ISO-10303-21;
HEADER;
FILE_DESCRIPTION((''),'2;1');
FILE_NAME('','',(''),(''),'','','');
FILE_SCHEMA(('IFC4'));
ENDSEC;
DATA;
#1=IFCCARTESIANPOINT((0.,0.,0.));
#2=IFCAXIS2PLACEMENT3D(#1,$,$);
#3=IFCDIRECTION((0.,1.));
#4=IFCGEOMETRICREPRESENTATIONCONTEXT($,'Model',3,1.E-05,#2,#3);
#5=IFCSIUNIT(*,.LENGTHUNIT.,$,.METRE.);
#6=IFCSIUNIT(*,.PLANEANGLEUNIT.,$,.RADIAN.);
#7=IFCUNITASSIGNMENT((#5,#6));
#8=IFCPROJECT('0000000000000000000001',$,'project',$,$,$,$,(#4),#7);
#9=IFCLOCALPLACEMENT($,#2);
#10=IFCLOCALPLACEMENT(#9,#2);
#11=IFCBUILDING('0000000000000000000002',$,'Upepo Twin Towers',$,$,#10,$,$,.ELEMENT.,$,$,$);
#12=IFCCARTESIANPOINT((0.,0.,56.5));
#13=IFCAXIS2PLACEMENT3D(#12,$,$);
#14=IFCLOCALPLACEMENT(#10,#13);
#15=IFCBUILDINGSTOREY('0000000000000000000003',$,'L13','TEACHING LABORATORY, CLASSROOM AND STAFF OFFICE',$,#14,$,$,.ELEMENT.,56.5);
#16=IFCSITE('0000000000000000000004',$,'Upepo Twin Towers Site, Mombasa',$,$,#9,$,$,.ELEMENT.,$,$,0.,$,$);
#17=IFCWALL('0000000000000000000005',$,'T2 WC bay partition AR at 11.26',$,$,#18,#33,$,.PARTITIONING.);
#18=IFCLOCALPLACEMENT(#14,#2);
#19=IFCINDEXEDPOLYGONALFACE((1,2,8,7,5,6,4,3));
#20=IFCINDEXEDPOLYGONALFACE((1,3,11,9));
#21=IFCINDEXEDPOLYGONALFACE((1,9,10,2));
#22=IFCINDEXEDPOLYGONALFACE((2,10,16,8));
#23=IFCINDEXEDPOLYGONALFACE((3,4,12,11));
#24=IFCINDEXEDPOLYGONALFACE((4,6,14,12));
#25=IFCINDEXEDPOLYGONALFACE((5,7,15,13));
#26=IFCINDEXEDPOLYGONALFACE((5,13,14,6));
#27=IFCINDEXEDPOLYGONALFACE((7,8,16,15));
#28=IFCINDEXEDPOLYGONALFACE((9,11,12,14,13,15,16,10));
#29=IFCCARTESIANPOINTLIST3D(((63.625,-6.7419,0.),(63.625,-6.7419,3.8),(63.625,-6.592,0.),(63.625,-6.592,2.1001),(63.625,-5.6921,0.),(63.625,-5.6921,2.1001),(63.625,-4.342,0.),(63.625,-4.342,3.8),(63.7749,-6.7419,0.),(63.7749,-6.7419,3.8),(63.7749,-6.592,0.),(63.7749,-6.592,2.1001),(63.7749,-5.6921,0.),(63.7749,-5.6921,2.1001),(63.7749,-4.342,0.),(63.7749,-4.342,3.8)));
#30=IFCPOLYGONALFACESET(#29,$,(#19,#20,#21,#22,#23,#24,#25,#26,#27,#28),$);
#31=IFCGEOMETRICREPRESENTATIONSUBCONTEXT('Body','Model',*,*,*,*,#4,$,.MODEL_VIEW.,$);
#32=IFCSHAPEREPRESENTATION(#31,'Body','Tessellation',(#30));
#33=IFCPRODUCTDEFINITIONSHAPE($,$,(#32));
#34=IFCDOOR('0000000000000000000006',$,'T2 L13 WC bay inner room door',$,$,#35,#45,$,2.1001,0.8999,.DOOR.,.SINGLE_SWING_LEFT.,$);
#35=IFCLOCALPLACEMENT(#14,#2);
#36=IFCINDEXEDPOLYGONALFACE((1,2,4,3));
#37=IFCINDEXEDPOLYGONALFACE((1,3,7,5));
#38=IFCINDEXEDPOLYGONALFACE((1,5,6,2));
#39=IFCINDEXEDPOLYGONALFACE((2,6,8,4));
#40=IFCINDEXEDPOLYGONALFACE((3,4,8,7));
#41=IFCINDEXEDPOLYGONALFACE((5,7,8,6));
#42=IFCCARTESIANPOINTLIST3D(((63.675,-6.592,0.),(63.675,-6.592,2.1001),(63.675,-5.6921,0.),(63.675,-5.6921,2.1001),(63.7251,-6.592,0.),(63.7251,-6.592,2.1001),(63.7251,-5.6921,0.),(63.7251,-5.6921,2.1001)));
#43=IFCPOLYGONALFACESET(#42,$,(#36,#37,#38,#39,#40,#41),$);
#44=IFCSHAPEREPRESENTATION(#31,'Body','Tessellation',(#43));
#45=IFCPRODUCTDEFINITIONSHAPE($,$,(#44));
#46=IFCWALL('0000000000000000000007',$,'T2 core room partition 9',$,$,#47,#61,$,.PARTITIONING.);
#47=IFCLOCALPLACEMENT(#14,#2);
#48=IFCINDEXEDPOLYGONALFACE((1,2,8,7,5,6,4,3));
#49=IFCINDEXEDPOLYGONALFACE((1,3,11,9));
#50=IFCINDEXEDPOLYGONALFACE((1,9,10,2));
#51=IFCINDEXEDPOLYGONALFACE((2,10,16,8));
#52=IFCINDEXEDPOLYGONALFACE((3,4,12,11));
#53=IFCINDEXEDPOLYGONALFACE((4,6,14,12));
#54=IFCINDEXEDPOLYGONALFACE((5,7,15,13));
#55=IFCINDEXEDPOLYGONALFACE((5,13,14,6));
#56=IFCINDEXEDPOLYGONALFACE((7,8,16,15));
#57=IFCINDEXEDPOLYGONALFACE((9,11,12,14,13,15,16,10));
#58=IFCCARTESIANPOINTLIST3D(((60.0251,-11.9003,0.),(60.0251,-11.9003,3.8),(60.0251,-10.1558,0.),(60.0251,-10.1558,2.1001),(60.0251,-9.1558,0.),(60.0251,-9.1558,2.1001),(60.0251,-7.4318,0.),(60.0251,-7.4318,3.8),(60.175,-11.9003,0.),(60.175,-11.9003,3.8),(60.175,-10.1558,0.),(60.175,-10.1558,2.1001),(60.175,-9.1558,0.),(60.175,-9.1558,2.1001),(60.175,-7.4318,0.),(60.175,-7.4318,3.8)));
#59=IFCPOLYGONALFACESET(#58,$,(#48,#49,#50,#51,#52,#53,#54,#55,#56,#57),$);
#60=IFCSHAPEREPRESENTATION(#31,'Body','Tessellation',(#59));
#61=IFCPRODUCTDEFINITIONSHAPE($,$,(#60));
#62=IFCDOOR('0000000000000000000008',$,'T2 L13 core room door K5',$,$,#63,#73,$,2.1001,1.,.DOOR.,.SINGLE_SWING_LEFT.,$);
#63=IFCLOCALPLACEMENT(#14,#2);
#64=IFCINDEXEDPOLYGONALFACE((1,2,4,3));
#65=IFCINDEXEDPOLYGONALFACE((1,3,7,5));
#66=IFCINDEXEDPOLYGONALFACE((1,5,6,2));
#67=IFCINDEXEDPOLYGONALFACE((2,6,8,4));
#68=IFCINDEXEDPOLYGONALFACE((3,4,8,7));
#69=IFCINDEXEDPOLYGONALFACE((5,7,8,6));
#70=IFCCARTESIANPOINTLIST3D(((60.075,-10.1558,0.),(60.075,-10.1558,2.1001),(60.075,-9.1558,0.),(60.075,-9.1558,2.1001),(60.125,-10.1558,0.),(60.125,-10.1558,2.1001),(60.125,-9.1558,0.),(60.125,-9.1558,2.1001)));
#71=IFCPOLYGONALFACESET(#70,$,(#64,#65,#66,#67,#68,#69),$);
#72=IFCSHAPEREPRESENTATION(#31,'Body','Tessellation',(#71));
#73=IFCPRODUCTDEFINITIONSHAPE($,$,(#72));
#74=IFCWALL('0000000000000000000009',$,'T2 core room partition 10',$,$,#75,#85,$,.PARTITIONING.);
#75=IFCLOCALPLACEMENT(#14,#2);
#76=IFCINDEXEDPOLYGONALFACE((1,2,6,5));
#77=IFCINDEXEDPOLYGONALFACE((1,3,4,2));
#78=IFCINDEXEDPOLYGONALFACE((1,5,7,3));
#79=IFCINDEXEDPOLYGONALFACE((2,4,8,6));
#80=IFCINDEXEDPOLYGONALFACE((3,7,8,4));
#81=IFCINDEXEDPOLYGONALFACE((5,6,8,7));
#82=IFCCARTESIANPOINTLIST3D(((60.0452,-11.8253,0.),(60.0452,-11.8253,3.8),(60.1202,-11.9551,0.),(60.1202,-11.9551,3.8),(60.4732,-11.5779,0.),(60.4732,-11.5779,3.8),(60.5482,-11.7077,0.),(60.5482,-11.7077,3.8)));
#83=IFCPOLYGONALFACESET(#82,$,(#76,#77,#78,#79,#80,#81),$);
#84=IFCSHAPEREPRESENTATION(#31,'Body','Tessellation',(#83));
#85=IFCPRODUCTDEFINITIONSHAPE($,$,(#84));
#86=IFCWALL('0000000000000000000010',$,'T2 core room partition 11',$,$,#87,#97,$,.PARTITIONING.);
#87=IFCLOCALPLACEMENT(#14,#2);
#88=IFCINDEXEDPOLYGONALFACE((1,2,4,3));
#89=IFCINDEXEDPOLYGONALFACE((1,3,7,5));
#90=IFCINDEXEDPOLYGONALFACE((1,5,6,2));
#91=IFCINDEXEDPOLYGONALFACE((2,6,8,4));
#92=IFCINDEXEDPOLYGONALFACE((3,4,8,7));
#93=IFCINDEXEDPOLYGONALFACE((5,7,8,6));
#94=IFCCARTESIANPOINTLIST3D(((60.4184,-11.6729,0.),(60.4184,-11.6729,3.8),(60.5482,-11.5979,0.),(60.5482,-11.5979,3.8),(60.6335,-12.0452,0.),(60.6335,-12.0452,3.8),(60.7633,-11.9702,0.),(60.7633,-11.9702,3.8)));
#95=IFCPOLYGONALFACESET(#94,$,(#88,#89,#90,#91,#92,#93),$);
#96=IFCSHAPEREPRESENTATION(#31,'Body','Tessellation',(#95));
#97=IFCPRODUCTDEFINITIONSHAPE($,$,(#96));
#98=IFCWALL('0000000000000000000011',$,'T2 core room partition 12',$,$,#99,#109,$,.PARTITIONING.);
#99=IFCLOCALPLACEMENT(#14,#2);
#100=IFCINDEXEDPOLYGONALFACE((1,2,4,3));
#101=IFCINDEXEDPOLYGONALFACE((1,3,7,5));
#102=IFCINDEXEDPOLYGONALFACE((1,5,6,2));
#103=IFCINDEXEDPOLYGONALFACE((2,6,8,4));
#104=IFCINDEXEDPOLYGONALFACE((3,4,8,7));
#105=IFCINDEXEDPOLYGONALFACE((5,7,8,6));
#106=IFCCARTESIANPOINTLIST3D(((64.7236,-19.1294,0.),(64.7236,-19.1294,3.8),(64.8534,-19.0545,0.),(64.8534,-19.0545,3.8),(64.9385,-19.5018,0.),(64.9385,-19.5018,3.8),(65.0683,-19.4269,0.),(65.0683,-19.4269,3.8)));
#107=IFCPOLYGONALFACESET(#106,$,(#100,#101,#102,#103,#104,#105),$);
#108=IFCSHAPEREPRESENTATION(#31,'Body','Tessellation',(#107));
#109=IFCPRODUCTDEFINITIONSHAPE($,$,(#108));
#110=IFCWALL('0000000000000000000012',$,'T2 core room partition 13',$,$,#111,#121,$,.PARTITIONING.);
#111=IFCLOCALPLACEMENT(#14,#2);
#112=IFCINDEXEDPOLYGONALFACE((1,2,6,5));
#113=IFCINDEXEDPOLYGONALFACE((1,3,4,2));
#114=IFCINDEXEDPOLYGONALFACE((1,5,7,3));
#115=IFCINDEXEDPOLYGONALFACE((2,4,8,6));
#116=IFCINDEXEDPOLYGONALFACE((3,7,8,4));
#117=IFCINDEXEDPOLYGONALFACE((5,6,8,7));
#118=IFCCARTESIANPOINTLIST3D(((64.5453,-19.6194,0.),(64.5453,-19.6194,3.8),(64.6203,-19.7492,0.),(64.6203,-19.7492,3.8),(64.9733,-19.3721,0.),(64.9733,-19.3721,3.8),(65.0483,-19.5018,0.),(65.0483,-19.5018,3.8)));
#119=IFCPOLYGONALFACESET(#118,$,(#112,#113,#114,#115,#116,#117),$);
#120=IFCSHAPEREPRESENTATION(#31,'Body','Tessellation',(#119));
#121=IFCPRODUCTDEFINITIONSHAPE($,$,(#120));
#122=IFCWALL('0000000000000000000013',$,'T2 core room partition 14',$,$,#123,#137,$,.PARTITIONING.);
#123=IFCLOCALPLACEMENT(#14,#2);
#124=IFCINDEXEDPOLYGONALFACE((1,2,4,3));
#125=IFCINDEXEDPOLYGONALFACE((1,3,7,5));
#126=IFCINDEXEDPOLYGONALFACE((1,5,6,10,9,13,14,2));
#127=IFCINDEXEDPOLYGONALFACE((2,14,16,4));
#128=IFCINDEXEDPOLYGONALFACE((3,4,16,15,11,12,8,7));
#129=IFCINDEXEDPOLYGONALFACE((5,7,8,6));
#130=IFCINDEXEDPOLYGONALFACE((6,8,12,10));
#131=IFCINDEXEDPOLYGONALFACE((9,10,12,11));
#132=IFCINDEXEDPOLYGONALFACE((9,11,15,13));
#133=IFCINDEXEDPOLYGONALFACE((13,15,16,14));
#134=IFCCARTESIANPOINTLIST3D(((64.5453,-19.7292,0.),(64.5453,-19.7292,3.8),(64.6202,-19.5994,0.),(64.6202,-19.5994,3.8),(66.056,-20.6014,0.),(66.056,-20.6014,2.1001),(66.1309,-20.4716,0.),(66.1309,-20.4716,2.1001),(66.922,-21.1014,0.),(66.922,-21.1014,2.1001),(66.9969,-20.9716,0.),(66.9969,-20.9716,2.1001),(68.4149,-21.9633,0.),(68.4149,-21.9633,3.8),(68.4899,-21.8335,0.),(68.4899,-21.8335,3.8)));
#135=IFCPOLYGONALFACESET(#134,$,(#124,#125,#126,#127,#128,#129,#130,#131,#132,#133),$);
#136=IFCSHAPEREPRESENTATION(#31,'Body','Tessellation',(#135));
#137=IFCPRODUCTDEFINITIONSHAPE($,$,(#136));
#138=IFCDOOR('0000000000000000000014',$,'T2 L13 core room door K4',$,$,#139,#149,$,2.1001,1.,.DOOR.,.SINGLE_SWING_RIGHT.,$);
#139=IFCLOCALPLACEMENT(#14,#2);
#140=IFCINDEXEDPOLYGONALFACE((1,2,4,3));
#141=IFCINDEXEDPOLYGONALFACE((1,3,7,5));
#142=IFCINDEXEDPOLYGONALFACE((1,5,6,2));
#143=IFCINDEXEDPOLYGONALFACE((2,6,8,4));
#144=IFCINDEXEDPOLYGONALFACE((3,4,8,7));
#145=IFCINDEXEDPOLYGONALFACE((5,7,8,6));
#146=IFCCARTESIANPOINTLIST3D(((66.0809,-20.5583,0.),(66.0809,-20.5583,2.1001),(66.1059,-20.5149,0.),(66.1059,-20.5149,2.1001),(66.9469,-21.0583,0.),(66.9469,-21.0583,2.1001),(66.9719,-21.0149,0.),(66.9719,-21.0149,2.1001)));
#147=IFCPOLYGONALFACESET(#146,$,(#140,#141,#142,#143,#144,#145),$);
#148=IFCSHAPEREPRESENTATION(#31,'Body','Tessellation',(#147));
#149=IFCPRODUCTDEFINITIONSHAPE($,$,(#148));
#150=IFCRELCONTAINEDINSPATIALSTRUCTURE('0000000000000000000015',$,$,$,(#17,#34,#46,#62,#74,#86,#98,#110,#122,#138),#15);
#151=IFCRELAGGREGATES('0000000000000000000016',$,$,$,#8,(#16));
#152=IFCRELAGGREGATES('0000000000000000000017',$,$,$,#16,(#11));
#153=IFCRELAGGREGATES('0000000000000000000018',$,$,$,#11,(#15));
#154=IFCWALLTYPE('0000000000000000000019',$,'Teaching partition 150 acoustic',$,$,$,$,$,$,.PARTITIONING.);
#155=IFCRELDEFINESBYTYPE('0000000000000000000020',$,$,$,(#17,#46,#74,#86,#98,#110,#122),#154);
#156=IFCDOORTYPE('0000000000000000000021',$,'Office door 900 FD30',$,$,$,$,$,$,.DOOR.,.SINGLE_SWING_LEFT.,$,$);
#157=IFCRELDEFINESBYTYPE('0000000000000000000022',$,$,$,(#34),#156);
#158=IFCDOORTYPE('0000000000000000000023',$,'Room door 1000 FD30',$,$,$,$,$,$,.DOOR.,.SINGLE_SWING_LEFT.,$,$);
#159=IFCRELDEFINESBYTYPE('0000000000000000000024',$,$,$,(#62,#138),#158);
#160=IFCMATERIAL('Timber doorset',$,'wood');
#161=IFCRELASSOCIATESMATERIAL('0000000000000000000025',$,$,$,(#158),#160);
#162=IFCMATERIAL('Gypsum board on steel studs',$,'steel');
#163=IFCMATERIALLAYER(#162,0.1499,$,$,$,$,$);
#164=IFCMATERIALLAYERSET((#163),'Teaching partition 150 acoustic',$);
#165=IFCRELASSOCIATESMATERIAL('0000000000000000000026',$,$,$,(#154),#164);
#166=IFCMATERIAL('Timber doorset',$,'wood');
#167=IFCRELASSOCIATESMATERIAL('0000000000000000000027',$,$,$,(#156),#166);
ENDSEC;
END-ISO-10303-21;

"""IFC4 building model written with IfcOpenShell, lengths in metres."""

from ifc_helpers import new_model, si_unit, direction, frame, frame_2d, origin, place, context, subcontext, project, spatial, rectangle, extrude, material, layer, layer_set, type_object, element, fill, save


model = new_model("IFC4")

# Units and contexts
model_context = context("Model", 3, precision=1e-05, world=origin(), true_north=direction((0.0, 1.0)))
body_context = subcontext(model_context, "Body", "Model", "MODEL_VIEW")
ifc_project = project(units=[si_unit("LENGTHUNIT", "METRE"), si_unit("PLANEANGLEUNIT", "RADIAN")], contexts=[model_context])

# Site, building, storey
site_placement = place(None, origin())
site = spatial("IfcSite", under=ifc_project, at=site_placement, Name="Upepo Twin Towers Site, Mombasa", CompositionType="ELEMENT", RefElevation=0.0)
building_placement = place(site_placement, origin())
building = spatial("IfcBuilding", under=site, at=building_placement, Name="Upepo Twin Towers", CompositionType="ELEMENT")
storey_placement = place(building_placement, frame((0.0, 0.0, 56.5)))
storey = spatial("IfcBuildingStorey", under=building, at=storey_placement, Name="L13", Description="TEACHING LABORATORY, CLASSROOM AND STAFF OFFICE", CompositionType="ELEMENT", Elevation=56.5)

# Shared definitions
ifc_material_1 = material(Name="Timber doorset", Category="wood")
door_type_1 = type_object("IfcDoorType", Name="Room door 1000 FD30", OperationType="SINGLE_SWING_LEFT", PredefinedType="DOOR", material=ifc_material_1)

# Walls, openings, doors
ifc_material_2 = material(Name="Gypsum board on steel studs", Category="steel")
ifc_layer_1 = layer(ifc_material_2, 0.1499)
ifc_layer_set_1 = layer_set([ifc_layer_1], Name="Teaching partition 150 acoustic")
wall_type_1 = type_object("IfcWallType", Name="Teaching partition 150 acoustic", PredefinedType="PARTITIONING", material=ifc_layer_set_1)
wall_1_placement = place(storey_placement, frame((63.7, -6.7419, 0.0), z_axis=(0.0, 0.0, 1.0), x_axis=(0.0, 1.0, 0.0)))
wall_1 = element("IfcWall", 1, at=wall_1_placement, inside=storey, type_object=wall_type_1, Name="T2 WC bay partition AR at 11.26", PredefinedType="PARTITIONING", context=body_context, shape_type="SweptSolid", body=[
    extrude(rectangle(XDim=2.3999, YDim=0.1499, at=frame_2d((1.2, 0.0))), origin(), (0.0, 0.0, 1.0), 3.8),
])
opening_1_placement = place(wall_1_placement, frame((0.1499, 0.0, 0.0)))
opening_1 = element("IfcOpeningElement", 2, at=opening_1_placement, cuts=wall_1, PredefinedType="OPENING", context=body_context, shape_type="SweptSolid", body=[
    extrude(rectangle(XDim=0.8999, YDim=2.1001, at=frame_2d((0.45, 1.05))), frame((0.0, 0.085, 0.0), z_axis=(0.0, -1.0, 0.0), x_axis=(1.0, 0.0, 0.0)), (0.0, 0.0, 1.0), 0.1699),
])
ifc_material_3 = material(Name="Timber doorset", Category="wood")
door_type_2 = type_object("IfcDoorType", Name="Office door 900 FD30", OperationType="SINGLE_SWING_LEFT", PredefinedType="DOOR", material=ifc_material_3)
door_1_placement = place(opening_1_placement, origin())
door_1 = element("IfcDoor", 3, at=door_1_placement, inside=storey, type_object=door_type_2, Name="T2 L13 WC bay inner room door", OperationType="SINGLE_SWING_LEFT", OverallHeight=2.1001, OverallWidth=0.8999, PredefinedType="DOOR", context=body_context, shape_type="SweptSolid", body=[
    extrude(rectangle(XDim=0.8999, YDim=2.1001, at=frame_2d((0.45, 1.05))), frame((0.0, 0.0249, 0.0), z_axis=(0.0, -1.0, 0.0), x_axis=(1.0, 0.0, 0.0)), (0.0, 0.0, 1.0), 0.05),
])
fill(opening_1, door_1)
wall_2_placement = place(storey_placement, frame((60.1001, -7.4316, 0.0), z_axis=(0.0, 0.0, 1.0), x_axis=(0.0, -1.0, 0.0)))
wall_2 = element("IfcWall", 4, at=wall_2_placement, inside=storey, type_object=wall_type_1, Name="T2 core room partition 9", PredefinedType="PARTITIONING", context=body_context, shape_type="SweptSolid", body=[
    extrude(rectangle(XDim=4.4685, YDim=0.1499, at=frame_2d((2.2344, 0.0))), origin(), (0.0, 0.0, 1.0), 3.8),
])
opening_2_placement = place(wall_2_placement, frame((1.7241, 0.0, 0.0)))
opening_2 = element("IfcOpeningElement", 5, at=opening_2_placement, cuts=wall_2, PredefinedType="OPENING", context=body_context, shape_type="SweptSolid", body=[
    extrude(rectangle(XDim=1.0, YDim=2.1001, at=frame_2d((0.5, 1.05))), frame((0.0, 0.085, 0.0), z_axis=(0.0, -1.0, 0.0), x_axis=(1.0, 0.0, 0.0)), (0.0, 0.0, 1.0), 0.1699),
])
door_2_placement = place(opening_2_placement, origin())
door_2 = element("IfcDoor", 6, at=door_2_placement, inside=storey, type_object=door_type_1, Name="T2 L13 core room door K5", OperationType="SINGLE_SWING_LEFT", OverallHeight=2.1001, OverallWidth=1.0, PredefinedType="DOOR", context=body_context, shape_type="SweptSolid", body=[
    extrude(rectangle(XDim=1.0, YDim=2.1001, at=frame_2d((0.5, 1.05))), frame((0.0, 0.0249, 0.0), z_axis=(0.0, -1.0, 0.0), x_axis=(1.0, 0.0, 0.0)), (0.0, 0.0, 1.0), 0.05),
])
fill(opening_2, door_2)

# Walls
wall_3_placement = place(storey_placement, frame((60.0828, -11.8901, 0.0), z_axis=(0.0, 0.0, 1.0), x_axis=(0.865832, 0.500335, 0.0)))
element("IfcWall", 7, at=wall_3_placement, inside=storey, type_object=wall_type_1, Name="T2 core room partition 10", PredefinedType="PARTITIONING", context=body_context, shape_type="SweptSolid", body=[
    extrude(rectangle(XDim=0.4944, YDim=0.1499, at=frame_2d((0.2471, 0.0))), origin(), (0.0, 0.0, 1.0), 3.8),
])
for number, where, z_axis, x_axis, name in (
    (8, (60.4834, -11.6355, 0.0), (0.0, 0.0, 1.0), (0.50023, -0.865892, 0.0), "T2 core room partition 11"),
    (9, (64.7886, -19.092, 0.0), (0.0, 0.0, 1.0), (0.499804, -0.866138, 0.0), "T2 core room partition 12"),
):
    element("IfcWall", number, at=place(storey_placement, frame(where, z_axis=z_axis, x_axis=x_axis)), inside=storey, type_object=wall_type_1, Name=name, PredefinedType="PARTITIONING", context=body_context, shape_type="SweptSolid", body=[
        extrude(rectangle(XDim=0.4299, YDim=0.1499, at=frame_2d((0.2148, 0.0))), origin(), (0.0, 0.0, 1.0), 3.8),
    ])
wall_4_placement = place(storey_placement, frame((65.0107, -19.437, 0.0), z_axis=(0.0, 0.0, 1.0), x_axis=(-0.865832, -0.500335, 0.0)))
element("IfcWall", 10, at=wall_4_placement, inside=storey, type_object=wall_type_1, Name="T2 core room partition 13", PredefinedType="PARTITIONING", context=body_context, shape_type="SweptSolid", body=[
    extrude(rectangle(XDim=0.4944, YDim=0.1499, at=frame_2d((0.2471, 0.0))), origin(), (0.0, 0.0, 1.0), 3.8),
])

# Wall, opening, door
wall_5_placement = place(storey_placement, frame((64.5828, -19.6643, 0.0), z_axis=(0.0, 0.0, 1.0), x_axis=(0.866025, -0.5, 0.0)))
wall_5 = element("IfcWall", 11, at=wall_5_placement, inside=storey, type_object=wall_type_1, Name="T2 core room partition 14", PredefinedType="PARTITIONING", context=body_context, shape_type="SweptSolid", body=[
    extrude(rectangle(XDim=4.4683, YDim=0.1499, at=frame_2d((2.2341, 0.0))), origin(), (0.0, 0.0, 1.0), 3.8),
])
opening_3_placement = place(wall_5_placement, frame((1.7444, 0.0, 0.0)))
opening_3 = element("IfcOpeningElement", 12, at=opening_3_placement, cuts=wall_5, PredefinedType="OPENING", context=body_context, shape_type="SweptSolid", body=[
    extrude(rectangle(XDim=1.0, YDim=2.1001, at=frame_2d((0.5, 1.05))), frame((0.0, 0.085, 0.0), z_axis=(0.0, -1.0, 0.0), x_axis=(1.0, 0.0, 0.0)), (0.0, 0.0, 1.0), 0.1699),
])
door_3_placement = place(opening_3_placement, origin())
door_3 = element("IfcDoor", 13, at=door_3_placement, inside=storey, type_object=door_type_1, Name="T2 L13 core room door K4", OperationType="SINGLE_SWING_RIGHT", OverallHeight=2.1001, OverallWidth=1.0, PredefinedType="DOOR", context=body_context, shape_type="SweptSolid", body=[
    extrude(rectangle(XDim=1.0, YDim=2.1001, at=frame_2d((0.5, 1.05))), frame((0.0, 0.0249, 0.0), z_axis=(0.0, -1.0, 0.0), x_axis=(1.0, 0.0, 0.0)), (0.0, 0.0, 1.0), 0.05),
])
fill(opening_3, door_3)

save(model, "model.ifc")
